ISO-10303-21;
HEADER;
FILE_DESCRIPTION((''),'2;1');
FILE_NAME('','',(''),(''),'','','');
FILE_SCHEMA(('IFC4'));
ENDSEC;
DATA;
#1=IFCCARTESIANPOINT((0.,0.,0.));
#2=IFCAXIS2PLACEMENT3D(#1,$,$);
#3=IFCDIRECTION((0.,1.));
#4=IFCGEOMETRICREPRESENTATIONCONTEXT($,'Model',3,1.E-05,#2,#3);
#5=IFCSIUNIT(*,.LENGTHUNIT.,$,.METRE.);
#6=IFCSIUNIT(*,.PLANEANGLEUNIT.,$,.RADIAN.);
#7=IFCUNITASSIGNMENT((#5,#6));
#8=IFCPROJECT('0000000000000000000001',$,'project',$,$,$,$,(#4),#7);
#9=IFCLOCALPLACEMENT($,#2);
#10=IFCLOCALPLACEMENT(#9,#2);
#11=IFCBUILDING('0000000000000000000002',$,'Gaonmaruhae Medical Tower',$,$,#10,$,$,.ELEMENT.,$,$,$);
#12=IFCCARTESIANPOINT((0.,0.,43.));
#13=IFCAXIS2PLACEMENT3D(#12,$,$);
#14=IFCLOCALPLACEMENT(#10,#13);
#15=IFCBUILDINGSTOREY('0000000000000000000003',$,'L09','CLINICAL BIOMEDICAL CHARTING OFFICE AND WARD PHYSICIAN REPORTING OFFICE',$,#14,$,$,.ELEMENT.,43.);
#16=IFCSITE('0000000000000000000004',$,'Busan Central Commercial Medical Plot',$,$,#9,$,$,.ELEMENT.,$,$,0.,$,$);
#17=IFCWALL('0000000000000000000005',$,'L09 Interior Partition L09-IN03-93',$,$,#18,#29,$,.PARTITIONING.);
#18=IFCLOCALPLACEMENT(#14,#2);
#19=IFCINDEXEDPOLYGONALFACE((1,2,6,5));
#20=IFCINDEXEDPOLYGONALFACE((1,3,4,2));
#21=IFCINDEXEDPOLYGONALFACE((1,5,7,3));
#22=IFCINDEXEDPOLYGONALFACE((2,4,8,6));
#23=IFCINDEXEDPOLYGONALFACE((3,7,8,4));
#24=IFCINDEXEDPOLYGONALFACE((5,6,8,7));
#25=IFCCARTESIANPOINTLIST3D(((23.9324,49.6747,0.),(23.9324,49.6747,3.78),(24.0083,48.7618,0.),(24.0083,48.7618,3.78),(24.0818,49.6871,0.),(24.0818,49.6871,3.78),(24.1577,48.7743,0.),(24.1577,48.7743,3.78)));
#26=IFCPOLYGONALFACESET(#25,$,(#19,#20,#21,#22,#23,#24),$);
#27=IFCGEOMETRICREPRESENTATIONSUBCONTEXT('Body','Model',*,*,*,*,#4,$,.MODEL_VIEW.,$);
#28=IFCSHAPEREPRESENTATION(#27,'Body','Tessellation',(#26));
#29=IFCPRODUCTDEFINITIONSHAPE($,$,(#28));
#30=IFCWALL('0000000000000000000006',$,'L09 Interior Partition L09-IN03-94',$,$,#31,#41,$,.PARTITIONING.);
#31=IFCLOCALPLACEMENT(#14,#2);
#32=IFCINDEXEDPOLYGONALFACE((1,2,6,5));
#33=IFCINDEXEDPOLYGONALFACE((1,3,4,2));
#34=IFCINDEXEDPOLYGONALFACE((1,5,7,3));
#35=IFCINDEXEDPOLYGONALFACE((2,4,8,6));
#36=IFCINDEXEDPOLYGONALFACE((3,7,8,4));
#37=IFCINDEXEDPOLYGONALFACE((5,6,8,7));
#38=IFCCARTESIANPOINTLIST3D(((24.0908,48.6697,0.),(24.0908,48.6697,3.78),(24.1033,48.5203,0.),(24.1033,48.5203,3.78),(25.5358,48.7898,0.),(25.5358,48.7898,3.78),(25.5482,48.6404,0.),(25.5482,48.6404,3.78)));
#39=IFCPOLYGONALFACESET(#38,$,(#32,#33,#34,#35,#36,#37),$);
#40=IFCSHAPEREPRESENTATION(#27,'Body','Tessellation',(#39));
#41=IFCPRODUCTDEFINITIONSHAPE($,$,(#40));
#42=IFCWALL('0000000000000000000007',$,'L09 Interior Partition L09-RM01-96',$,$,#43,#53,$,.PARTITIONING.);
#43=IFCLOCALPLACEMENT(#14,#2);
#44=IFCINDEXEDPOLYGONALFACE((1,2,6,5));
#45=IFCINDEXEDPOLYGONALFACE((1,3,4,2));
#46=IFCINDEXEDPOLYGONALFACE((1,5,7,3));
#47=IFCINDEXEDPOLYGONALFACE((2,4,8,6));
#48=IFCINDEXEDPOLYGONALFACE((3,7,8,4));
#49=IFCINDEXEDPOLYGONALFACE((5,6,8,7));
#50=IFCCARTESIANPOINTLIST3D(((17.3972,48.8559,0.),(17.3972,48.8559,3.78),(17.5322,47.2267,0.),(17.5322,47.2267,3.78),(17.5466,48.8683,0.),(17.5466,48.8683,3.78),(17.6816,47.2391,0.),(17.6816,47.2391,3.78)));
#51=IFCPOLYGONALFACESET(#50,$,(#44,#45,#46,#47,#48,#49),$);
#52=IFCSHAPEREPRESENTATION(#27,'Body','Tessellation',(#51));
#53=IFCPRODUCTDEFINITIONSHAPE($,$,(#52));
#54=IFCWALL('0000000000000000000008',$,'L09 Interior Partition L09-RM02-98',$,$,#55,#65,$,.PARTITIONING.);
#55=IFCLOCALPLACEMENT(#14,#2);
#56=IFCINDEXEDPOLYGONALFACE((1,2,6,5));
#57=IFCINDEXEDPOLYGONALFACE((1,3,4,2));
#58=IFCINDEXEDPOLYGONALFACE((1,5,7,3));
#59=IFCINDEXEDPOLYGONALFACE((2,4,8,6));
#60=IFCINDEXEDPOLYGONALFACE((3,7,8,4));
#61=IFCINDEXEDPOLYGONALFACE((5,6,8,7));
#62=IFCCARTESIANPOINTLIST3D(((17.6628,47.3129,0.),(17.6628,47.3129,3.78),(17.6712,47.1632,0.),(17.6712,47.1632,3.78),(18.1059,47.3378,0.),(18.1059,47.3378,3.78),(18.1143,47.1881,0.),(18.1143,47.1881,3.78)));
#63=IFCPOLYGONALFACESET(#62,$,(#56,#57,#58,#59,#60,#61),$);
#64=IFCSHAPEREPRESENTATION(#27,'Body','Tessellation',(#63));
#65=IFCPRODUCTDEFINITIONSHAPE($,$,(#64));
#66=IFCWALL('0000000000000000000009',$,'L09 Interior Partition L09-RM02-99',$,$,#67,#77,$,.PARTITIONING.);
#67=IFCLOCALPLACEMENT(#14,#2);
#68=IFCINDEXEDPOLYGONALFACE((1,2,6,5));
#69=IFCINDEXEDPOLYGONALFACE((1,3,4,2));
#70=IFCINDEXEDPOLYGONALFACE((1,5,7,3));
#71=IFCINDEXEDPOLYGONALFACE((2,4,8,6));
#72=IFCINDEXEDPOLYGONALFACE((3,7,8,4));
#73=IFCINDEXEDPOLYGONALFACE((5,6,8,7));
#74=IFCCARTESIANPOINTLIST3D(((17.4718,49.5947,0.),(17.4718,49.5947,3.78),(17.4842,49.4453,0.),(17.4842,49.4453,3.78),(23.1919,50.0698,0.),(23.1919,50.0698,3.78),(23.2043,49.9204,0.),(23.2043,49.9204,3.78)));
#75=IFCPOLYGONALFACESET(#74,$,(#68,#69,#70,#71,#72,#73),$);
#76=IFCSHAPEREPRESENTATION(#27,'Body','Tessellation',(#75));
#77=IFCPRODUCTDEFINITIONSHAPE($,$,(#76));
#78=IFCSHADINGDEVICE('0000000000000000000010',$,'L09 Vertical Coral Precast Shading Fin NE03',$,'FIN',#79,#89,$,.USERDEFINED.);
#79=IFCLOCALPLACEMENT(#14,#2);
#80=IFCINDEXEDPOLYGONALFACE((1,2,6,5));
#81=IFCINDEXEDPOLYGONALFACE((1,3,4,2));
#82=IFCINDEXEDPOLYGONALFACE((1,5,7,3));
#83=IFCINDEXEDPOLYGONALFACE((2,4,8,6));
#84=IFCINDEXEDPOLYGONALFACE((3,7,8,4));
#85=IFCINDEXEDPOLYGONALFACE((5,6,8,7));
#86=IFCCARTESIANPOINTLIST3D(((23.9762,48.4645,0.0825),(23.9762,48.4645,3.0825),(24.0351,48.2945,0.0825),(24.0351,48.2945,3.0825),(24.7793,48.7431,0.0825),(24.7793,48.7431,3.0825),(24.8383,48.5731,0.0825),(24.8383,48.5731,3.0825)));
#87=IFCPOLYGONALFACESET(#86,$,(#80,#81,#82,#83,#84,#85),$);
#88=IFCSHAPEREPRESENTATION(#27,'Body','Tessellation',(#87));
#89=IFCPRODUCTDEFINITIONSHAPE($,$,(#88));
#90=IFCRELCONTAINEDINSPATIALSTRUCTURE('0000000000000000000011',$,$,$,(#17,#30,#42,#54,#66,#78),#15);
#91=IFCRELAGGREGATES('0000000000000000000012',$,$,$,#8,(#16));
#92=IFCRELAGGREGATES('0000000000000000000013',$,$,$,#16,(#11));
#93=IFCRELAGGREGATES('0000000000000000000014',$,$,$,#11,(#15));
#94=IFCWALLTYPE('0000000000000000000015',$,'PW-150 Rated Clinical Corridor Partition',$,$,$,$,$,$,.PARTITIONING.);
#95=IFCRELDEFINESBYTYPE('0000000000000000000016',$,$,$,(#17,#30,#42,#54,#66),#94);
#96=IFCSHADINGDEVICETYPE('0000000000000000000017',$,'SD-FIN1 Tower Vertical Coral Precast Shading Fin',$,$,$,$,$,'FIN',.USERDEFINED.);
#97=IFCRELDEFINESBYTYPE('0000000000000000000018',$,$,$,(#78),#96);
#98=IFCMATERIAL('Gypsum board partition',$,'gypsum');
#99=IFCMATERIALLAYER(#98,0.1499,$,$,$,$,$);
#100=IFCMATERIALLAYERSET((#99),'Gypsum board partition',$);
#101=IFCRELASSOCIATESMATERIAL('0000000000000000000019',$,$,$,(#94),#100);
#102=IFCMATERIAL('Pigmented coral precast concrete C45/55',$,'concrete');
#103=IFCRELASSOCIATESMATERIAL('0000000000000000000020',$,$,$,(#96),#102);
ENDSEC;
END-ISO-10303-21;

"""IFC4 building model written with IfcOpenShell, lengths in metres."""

from ifc_helpers import new_model, si_unit, direction, frame, frame_2d, origin, origin_2d, place, context, subcontext, project, spatial, rectangle, extrude, material, layer, layer_set, type_object, element, save


model = new_model("IFC4")

# Units and contexts
model_context = context("Model", 3, precision=1e-05, world=origin(), true_north=direction((0.0, 1.0)))
body_context = subcontext(model_context, "Body", "Model", "MODEL_VIEW")
ifc_project = project(units=[si_unit("LENGTHUNIT", "METRE"), si_unit("PLANEANGLEUNIT", "RADIAN")], contexts=[model_context])

# Site, building, storey
site_placement = place(None, origin())
site = spatial("IfcSite", under=ifc_project, at=site_placement, Name="Busan Central Commercial Medical Plot", CompositionType="ELEMENT", RefElevation=0.0)
building_placement = place(site_placement, origin())
building = spatial("IfcBuilding", under=site, at=building_placement, Name="Gaonmaruhae Medical Tower", CompositionType="ELEMENT")
storey_placement = place(building_placement, frame((0.0, 0.0, 43.0)))
storey = spatial("IfcBuildingStorey", under=building, at=storey_placement, Name="L09", Description="CLINICAL BIOMEDICAL CHARTING OFFICE AND WARD PHYSICIAN REPORTING OFFICE", CompositionType="ELEMENT", Elevation=43.0)

# Shared definitions
ifc_material_1 = material(Name="Gypsum board partition", Category="gypsum")
ifc_layer_1 = layer(ifc_material_1, 0.1499)
ifc_layer_set_1 = layer_set([ifc_layer_1], Name="Gypsum board partition")
wall_type_1 = type_object("IfcWallType", Name="PW-150 Rated Clinical Corridor Partition", PredefinedType="PARTITIONING", material=ifc_layer_set_1)

# Walls
wall_1_placement = place(storey_placement, frame((24.0071, 49.6809, 0.0), z_axis=(0.0, 0.0, 1.0), x_axis=(0.082891, -0.996559, 0.0)))
element("IfcWall", 1, at=wall_1_placement, inside=storey, type_object=wall_type_1, Name="L09 Interior Partition L09-IN03-93", PredefinedType="PARTITIONING", context=body_context, shape_type="SweptSolid", body=[
    extrude(rectangle(XDim=0.916, YDim=0.1499, at=frame_2d((0.458, 0.0))), origin(), (0.0, 0.0, 1.0), 3.78),
])
wall_2_placement = place(storey_placement, frame((24.0969, 48.595, 0.0), z_axis=(0.0, 0.0, 1.0), x_axis=(0.996563, 0.082836, 0.0)))
element("IfcWall", 2, at=wall_2_placement, inside=storey, type_object=wall_type_1, Name="L09 Interior Partition L09-IN03-94", PredefinedType="PARTITIONING", context=body_context, shape_type="SweptSolid", body=[
    extrude(rectangle(XDim=1.45, YDim=0.1499, at=frame_2d((0.7251, 0.0))), origin(), (0.0, 0.0, 1.0), 3.78),
])
wall_3_placement = place(storey_placement, frame((17.4719, 48.8621, 0.0), z_axis=(0.0, 0.0, 1.0), x_axis=(0.082588, -0.996584, 0.0)))
element("IfcWall", 3, at=wall_3_placement, inside=storey, type_object=wall_type_1, Name="L09 Interior Partition L09-RM01-96", PredefinedType="PARTITIONING", context=body_context, shape_type="SweptSolid", body=[
    extrude(rectangle(XDim=1.6348, YDim=0.1499, at=frame_2d((0.8174, 0.0))), origin(), (0.0, 0.0, 1.0), 3.78),
])

# Walls
wall_4_placement = place(storey_placement, frame((18.1101, 47.2629, 0.0), z_axis=(0.0, 0.0, 1.0), x_axis=(-0.998425, -0.05611, 0.0)))
element("IfcWall", 4, at=wall_4_placement, inside=storey, type_object=wall_type_1, Name="L09 Interior Partition L09-RM02-98", PredefinedType="PARTITIONING", context=body_context, shape_type="SweptSolid", body=[
    extrude(rectangle(XDim=0.4438, YDim=0.1499, at=frame_2d((0.2219, 0.0))), origin(), (0.0, 0.0, 1.0), 3.78),
])
wall_5_placement = place(storey_placement, frame((17.478, 49.52, 0.0), z_axis=(0.0, 0.0, 1.0), x_axis=(0.996568, 0.082774, 0.0)))
element("IfcWall", 5, at=wall_5_placement, inside=storey, type_object=wall_type_1, Name="L09 Interior Partition L09-RM02-99", PredefinedType="PARTITIONING", context=body_context, shape_type="SweptSolid", body=[
    extrude(rectangle(XDim=5.7397, YDim=0.1499, at=frame_2d((2.8699, 0.0))), origin(), (0.0, 0.0, 1.0), 3.78),
])

# Shading device
ifc_material_2 = material(Name="Pigmented coral precast concrete C45/55", Category="concrete")
shading_device_type = type_object("IfcShadingDeviceType", Name="SD-FIN1 Tower Vertical Coral Precast Shading Fin", ElementType="FIN", PredefinedType="USERDEFINED", material=ifc_material_2)
shading_device_placement = place(storey_placement, frame((24.4072, 48.5188, 0.0825), z_axis=(0.0, 0.0, 1.0), x_axis=(0.327729, -0.944772, 0.0)))
element("IfcShadingDevice", 6, at=shading_device_placement, inside=storey, type_object=shading_device_type, Name="L09 Vertical Coral Precast Shading Fin NE03", ObjectType="FIN", PredefinedType="USERDEFINED", context=body_context, shape_type="SweptSolid", body=[
    extrude(rectangle(XDim=0.1799, YDim=0.8501, at=origin_2d()), origin(), (0.0, 0.0, 1.0), 3.0),
])

save(model, "model.ifc")
